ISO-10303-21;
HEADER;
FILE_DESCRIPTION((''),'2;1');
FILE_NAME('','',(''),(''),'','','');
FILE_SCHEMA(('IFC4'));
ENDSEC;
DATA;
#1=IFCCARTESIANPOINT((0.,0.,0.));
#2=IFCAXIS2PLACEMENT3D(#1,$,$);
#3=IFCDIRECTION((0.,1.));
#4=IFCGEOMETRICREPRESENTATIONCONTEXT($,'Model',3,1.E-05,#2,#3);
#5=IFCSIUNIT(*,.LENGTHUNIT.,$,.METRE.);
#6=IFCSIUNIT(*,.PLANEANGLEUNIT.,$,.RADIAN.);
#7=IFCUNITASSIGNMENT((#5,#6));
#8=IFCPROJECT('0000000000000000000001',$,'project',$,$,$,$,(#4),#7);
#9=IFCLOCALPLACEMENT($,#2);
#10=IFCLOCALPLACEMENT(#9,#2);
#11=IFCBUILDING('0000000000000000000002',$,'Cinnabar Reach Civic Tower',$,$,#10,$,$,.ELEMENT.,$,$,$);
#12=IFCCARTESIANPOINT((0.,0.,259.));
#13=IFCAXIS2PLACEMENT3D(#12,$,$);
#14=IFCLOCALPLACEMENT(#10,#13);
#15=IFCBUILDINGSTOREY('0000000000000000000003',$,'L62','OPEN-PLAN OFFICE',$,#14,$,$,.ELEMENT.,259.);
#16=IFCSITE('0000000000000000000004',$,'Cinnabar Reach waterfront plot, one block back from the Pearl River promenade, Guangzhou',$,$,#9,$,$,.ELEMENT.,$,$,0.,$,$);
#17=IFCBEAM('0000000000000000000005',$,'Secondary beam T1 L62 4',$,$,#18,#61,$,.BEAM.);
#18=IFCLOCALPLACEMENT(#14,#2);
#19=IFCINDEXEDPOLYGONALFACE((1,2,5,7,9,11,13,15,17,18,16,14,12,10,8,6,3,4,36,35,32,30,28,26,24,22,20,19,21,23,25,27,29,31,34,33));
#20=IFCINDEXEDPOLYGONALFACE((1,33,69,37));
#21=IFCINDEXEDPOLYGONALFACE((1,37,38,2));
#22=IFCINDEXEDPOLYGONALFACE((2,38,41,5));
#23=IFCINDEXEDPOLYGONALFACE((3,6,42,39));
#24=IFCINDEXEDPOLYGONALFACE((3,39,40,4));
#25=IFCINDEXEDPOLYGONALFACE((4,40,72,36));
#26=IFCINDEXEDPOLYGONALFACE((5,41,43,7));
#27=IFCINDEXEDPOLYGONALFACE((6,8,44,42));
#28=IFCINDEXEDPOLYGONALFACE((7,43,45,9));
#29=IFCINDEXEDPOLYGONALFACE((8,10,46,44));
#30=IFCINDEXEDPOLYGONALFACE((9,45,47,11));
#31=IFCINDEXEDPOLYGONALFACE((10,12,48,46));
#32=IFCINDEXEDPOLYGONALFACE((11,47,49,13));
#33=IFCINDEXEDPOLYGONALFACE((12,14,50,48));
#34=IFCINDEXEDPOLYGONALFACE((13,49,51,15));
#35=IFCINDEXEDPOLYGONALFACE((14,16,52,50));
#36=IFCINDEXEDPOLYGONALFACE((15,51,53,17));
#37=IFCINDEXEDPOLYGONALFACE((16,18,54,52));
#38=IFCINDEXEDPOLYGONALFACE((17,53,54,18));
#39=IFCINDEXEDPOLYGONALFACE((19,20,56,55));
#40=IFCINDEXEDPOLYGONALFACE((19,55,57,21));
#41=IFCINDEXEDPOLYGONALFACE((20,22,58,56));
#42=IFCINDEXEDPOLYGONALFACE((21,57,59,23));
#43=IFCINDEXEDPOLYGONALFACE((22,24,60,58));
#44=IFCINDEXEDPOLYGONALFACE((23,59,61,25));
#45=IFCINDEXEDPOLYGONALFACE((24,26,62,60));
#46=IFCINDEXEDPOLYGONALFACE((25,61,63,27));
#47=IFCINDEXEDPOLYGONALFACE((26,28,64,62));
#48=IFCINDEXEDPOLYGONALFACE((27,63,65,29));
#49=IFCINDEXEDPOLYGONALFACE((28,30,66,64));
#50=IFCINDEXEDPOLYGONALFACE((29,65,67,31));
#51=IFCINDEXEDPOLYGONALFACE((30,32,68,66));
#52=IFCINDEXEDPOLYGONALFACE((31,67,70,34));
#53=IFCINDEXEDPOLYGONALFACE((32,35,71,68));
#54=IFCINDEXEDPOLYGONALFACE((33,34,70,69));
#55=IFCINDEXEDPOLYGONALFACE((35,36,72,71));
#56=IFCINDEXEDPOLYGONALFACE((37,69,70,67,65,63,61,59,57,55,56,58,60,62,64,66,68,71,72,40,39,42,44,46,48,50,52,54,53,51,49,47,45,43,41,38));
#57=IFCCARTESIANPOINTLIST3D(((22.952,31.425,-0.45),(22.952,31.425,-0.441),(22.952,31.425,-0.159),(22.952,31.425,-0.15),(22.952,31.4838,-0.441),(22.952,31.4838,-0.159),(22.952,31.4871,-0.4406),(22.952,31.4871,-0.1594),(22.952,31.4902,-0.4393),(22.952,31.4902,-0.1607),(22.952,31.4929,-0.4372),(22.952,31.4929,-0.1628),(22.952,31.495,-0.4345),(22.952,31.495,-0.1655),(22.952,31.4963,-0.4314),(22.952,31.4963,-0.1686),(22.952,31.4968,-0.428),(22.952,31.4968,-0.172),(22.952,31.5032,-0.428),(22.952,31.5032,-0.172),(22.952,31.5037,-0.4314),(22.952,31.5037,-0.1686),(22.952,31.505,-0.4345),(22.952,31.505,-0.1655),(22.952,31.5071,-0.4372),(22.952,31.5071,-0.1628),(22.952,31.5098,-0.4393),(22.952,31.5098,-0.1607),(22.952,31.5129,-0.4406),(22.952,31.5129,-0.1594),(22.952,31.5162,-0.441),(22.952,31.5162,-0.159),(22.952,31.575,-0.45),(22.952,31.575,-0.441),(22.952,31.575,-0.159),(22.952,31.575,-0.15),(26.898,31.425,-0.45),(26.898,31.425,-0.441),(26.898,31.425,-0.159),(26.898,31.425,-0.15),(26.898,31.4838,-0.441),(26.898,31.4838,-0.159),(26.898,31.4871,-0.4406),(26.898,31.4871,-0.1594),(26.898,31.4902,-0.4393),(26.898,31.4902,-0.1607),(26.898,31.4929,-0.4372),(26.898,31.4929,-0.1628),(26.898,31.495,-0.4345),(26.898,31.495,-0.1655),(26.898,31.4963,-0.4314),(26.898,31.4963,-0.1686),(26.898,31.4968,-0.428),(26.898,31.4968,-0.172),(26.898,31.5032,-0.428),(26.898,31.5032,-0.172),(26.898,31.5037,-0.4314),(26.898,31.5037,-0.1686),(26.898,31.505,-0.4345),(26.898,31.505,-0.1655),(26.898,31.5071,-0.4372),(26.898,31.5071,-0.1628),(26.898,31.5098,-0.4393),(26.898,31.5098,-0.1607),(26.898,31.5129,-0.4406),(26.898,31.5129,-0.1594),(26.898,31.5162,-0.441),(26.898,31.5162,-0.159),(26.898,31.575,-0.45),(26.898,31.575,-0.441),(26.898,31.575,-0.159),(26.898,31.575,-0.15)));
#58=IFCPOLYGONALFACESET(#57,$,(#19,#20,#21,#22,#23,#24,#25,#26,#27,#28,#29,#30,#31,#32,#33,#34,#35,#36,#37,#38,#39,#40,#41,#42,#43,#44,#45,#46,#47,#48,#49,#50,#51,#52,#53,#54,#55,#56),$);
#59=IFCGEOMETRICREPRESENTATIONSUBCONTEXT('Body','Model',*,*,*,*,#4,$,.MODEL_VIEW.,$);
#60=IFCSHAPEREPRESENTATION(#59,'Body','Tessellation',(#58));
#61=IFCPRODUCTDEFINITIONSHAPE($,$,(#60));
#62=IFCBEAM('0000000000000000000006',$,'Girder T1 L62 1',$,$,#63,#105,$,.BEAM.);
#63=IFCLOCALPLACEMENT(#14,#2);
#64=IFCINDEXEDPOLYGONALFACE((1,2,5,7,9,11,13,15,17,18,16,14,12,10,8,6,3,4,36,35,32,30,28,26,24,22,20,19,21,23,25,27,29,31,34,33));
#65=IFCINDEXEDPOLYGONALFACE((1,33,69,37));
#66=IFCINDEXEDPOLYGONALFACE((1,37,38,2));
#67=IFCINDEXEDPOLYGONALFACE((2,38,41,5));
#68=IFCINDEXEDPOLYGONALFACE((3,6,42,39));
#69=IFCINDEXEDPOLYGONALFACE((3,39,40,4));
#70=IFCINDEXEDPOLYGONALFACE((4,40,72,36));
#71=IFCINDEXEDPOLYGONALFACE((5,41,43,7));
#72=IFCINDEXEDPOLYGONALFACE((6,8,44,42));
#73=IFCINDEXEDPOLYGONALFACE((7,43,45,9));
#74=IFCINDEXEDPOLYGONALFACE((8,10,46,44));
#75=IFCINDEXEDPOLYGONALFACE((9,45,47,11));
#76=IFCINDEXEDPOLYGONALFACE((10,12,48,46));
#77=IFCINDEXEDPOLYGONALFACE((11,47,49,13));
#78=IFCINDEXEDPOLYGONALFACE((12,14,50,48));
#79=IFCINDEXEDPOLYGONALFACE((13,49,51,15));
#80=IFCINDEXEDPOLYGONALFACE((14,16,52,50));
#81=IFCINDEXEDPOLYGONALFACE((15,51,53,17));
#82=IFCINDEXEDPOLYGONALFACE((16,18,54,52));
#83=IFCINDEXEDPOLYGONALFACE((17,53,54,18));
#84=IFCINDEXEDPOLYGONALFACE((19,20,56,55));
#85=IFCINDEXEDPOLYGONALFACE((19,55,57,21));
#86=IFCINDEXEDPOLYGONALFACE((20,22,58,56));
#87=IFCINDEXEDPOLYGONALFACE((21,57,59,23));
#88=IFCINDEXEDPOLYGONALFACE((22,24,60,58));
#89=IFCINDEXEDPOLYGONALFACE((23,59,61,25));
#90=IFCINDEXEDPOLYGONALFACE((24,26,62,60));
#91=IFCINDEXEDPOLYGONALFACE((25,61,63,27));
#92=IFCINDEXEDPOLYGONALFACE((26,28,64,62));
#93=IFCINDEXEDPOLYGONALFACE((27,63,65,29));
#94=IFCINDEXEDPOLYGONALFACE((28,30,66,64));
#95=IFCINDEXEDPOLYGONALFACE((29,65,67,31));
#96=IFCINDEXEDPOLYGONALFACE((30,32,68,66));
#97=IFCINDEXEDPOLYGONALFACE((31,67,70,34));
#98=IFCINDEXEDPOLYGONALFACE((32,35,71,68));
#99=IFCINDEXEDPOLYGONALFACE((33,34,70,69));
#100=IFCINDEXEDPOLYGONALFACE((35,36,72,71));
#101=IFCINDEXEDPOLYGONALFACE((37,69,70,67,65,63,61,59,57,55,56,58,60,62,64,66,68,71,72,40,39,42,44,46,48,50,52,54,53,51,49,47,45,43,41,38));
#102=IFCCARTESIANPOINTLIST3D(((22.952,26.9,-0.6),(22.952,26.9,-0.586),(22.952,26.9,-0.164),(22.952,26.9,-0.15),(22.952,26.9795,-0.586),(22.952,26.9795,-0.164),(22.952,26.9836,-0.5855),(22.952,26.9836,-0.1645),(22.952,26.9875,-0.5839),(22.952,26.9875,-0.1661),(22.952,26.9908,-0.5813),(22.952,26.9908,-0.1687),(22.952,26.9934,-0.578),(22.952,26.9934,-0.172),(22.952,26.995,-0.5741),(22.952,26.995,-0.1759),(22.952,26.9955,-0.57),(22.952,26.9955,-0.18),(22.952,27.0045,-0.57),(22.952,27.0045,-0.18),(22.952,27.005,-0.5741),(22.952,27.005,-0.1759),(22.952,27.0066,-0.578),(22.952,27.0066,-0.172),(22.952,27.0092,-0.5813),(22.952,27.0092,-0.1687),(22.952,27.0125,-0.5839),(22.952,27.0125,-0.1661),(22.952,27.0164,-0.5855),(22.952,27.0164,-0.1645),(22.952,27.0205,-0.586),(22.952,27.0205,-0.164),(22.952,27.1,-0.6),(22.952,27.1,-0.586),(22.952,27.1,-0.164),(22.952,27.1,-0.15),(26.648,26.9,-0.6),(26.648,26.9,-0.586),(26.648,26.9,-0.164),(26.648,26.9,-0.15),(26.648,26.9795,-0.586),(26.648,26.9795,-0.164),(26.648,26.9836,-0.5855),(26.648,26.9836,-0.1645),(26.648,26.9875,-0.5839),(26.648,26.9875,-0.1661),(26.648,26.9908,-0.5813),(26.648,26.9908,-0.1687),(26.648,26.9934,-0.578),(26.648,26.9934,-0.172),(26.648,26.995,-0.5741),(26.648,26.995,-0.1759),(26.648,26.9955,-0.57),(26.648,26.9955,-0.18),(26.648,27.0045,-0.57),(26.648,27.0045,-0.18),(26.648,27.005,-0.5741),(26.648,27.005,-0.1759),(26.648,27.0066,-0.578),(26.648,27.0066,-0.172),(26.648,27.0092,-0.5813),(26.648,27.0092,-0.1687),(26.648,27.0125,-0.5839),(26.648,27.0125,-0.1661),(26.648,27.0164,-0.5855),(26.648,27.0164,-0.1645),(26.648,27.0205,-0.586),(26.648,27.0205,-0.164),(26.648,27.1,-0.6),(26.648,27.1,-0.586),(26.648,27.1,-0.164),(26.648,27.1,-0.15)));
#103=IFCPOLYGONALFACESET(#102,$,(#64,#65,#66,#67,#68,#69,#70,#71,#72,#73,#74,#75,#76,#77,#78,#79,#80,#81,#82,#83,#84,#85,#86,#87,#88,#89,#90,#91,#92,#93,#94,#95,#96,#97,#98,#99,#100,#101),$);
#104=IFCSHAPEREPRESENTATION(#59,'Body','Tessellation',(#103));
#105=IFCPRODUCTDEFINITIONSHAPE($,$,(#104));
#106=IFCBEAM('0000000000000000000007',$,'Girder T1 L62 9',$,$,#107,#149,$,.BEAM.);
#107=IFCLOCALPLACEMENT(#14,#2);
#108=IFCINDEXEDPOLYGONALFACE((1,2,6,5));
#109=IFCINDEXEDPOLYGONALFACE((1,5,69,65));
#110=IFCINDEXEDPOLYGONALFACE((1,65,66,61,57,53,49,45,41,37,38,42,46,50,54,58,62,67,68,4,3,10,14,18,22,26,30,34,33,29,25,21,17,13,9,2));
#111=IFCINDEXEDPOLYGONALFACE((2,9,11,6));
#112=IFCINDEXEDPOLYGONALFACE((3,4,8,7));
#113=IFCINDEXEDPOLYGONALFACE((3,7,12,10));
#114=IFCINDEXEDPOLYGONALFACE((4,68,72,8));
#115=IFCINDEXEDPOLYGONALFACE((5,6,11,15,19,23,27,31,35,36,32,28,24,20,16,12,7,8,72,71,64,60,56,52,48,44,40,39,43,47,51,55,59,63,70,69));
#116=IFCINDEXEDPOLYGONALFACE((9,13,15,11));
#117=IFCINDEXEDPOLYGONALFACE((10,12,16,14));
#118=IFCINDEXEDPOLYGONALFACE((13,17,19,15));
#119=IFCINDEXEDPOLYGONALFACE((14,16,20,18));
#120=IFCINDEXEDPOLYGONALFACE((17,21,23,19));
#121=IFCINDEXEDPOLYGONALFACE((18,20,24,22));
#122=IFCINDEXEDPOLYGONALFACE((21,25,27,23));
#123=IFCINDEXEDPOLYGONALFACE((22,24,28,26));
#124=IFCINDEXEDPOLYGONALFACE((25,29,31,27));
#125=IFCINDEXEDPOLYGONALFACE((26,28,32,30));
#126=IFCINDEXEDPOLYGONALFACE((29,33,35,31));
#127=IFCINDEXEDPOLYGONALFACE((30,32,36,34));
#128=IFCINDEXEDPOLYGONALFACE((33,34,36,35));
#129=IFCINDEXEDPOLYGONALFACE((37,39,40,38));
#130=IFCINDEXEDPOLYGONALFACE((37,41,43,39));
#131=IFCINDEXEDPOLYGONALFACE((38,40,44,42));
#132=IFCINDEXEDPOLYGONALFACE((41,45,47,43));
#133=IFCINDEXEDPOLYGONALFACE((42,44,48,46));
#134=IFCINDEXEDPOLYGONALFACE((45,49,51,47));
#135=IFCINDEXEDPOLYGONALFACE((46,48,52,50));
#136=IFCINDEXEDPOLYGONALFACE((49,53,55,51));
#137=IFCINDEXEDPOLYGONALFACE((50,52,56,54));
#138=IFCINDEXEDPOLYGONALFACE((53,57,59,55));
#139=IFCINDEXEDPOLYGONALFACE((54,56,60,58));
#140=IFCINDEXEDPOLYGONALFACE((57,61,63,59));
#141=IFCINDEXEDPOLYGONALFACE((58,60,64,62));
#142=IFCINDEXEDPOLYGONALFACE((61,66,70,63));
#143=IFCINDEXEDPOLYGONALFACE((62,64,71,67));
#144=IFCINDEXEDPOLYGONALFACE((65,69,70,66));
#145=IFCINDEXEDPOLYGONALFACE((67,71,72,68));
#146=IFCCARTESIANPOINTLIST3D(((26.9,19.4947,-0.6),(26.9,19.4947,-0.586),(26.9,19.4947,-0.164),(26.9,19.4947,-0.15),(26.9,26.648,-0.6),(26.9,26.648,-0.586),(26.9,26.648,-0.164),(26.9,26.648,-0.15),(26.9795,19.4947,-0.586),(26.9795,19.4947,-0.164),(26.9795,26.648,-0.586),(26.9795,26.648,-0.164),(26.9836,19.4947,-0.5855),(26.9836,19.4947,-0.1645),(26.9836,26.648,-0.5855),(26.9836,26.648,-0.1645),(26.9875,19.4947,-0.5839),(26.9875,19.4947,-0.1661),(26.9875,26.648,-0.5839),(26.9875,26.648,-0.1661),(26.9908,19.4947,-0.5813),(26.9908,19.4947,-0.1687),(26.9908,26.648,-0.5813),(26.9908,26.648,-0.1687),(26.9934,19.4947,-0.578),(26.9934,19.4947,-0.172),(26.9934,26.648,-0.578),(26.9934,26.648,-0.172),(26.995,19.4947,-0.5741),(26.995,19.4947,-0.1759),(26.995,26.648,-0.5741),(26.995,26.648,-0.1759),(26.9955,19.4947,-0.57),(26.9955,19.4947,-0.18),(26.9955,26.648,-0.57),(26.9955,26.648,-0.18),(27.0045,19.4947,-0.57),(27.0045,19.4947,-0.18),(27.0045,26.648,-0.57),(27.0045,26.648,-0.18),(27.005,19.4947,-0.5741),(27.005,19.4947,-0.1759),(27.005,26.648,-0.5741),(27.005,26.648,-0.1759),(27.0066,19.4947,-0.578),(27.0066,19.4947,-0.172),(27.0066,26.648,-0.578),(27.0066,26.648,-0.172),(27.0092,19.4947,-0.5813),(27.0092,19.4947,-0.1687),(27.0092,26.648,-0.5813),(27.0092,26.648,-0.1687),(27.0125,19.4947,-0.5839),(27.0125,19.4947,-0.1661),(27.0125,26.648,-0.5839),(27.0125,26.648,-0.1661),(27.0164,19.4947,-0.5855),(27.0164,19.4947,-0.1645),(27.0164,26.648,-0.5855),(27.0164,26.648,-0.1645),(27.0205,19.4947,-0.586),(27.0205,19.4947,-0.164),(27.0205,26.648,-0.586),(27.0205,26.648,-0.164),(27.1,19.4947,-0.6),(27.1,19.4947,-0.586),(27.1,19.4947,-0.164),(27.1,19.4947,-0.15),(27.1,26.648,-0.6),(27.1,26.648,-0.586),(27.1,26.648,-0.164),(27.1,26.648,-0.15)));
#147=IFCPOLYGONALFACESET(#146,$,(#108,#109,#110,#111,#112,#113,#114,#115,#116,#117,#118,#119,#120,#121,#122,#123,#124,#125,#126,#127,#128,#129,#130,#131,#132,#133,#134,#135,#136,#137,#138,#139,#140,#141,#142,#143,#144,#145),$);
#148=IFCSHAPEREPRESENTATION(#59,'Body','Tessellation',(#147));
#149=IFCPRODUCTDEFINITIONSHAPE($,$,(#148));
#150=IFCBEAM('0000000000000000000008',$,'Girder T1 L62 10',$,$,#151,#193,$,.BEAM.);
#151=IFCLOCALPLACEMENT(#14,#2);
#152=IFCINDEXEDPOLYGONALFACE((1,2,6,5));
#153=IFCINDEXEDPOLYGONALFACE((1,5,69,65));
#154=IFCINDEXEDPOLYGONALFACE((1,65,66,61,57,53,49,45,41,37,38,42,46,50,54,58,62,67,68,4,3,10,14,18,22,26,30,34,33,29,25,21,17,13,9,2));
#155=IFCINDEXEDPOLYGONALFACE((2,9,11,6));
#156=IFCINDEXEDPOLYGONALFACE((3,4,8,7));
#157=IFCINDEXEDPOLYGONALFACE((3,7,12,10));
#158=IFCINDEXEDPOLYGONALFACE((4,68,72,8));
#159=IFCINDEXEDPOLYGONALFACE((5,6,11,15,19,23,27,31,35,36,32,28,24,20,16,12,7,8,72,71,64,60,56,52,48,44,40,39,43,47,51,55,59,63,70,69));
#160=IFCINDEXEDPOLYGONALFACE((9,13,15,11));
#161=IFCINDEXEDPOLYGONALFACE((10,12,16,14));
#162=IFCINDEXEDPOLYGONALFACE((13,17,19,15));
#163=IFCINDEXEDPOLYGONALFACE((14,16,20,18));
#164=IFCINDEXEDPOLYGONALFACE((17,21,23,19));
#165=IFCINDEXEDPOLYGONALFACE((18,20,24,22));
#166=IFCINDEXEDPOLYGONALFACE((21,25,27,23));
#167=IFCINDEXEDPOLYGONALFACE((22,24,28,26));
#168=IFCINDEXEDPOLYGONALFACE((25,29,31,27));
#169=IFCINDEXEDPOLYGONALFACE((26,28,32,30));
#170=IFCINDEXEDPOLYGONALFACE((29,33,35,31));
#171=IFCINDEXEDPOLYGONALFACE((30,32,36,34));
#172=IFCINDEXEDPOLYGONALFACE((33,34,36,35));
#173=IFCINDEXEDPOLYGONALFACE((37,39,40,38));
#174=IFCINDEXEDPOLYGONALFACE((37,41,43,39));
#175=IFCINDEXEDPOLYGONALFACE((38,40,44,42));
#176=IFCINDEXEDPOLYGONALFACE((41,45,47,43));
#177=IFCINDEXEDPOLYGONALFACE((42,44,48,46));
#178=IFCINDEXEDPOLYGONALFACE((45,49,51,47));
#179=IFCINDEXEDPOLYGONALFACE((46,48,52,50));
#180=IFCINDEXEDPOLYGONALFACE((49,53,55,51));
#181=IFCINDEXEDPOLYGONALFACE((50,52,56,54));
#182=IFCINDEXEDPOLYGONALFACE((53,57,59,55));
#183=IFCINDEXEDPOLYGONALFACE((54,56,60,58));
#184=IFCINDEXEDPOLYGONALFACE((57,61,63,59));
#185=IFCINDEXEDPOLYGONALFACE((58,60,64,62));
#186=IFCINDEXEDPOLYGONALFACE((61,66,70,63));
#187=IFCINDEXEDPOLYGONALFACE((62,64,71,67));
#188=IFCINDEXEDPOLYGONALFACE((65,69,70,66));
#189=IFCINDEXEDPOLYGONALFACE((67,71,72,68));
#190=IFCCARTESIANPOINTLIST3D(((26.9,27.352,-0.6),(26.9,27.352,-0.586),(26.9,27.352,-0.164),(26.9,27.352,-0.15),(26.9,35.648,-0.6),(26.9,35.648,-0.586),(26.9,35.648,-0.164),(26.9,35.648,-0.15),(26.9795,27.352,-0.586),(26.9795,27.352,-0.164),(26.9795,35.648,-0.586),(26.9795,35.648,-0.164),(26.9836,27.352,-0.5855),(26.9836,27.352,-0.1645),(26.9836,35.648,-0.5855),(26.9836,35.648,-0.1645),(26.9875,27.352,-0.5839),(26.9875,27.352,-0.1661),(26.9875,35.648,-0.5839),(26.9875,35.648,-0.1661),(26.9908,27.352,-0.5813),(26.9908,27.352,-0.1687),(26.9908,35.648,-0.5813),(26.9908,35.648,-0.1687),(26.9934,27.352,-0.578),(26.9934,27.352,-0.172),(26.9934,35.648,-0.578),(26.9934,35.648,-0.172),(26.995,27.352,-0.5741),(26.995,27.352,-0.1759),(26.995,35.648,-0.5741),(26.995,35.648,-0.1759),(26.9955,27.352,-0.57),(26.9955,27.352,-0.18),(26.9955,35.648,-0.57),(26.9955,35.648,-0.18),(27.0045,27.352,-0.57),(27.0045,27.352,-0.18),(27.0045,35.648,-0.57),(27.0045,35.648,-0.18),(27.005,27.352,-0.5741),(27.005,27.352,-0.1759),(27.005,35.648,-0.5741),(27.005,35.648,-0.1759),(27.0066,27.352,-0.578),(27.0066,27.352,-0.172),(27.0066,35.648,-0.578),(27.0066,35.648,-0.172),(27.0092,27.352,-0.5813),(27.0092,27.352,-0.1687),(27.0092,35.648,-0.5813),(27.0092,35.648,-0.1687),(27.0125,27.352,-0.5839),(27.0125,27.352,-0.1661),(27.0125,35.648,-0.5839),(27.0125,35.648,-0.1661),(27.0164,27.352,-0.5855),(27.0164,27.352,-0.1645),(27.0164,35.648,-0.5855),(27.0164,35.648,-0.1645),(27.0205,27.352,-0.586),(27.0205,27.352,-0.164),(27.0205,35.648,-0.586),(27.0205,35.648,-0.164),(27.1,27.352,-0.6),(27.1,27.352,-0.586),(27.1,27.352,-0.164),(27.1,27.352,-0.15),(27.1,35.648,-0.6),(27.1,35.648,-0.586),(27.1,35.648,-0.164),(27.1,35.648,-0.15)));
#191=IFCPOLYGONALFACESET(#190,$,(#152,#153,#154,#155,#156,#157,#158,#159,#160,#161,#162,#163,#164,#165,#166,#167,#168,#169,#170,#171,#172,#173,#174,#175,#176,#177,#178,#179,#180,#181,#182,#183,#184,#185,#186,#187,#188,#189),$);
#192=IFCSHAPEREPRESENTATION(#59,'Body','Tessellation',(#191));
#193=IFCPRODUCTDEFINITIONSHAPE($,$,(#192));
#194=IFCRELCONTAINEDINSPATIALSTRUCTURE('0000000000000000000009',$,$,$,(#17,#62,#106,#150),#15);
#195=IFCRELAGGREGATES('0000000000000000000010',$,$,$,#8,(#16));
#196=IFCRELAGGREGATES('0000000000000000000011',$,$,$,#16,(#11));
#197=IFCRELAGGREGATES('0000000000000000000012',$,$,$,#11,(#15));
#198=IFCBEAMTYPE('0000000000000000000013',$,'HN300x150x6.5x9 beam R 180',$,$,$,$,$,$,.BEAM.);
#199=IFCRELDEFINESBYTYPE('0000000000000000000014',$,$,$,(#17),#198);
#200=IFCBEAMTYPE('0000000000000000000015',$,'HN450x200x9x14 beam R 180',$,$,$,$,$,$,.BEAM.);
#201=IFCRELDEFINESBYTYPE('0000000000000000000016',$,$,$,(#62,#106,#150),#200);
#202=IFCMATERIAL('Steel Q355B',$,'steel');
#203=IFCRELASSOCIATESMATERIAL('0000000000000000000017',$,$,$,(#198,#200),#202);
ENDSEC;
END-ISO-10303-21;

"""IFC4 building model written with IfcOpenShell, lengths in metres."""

from ifc_helpers import new_model, si_unit, direction, frame, origin, origin_2d, place, context, subcontext, project, spatial, i_section, extrude, material, material_profile, profile_set, type_object, element, save


model = new_model("IFC4")

# Units and contexts
model_context = context("Model", 3, precision=1e-05, world=origin(), true_north=direction((0.0, 1.0)))
body_context = subcontext(model_context, "Body", "Model", "MODEL_VIEW")
ifc_project = project(units=[si_unit("LENGTHUNIT", "METRE"), si_unit("PLANEANGLEUNIT", "RADIAN")], contexts=[model_context])

# Site, building, storey
site_placement = place(None, origin())
site = spatial("IfcSite", under=ifc_project, at=site_placement, Name="Cinnabar Reach waterfront plot, one block back from the Pearl River promenade, Guangzhou", CompositionType="ELEMENT", RefElevation=0.0)
building_placement = place(site_placement, origin())
building = spatial("IfcBuilding", under=site, at=building_placement, Name="Cinnabar Reach Civic Tower", CompositionType="ELEMENT")
storey_placement = place(building_placement, frame((0.0, 0.0, 259.0)))
storey = spatial("IfcBuildingStorey", under=building, at=storey_placement, Name="L62", Description="OPEN-PLAN OFFICE", CompositionType="ELEMENT", Elevation=259.0)

# Beams
ifc_material_1 = material(Name="Steel Q355B", Category="steel")
ifc_material_profile_1 = material_profile(ifc_material_1, i_section(OverallWidth=0.15, OverallDepth=0.3, WebThickness=0.0065, FlangeThickness=0.009, FilletRadius=0.013, at=origin_2d()), Name="HN300x150x6.5x9")
ifc_profile_set_1 = profile_set([ifc_material_profile_1], Name="Steel Q355B")
beam_type_1 = type_object("IfcBeamType", Name="HN300x150x6.5x9 beam R 180", PredefinedType="BEAM", material=ifc_profile_set_1)
for number, where, z_axis, x_axis, name in (
    (1, (22.952, 31.5, -0.3), (1.0, 0.0, 0.0), (0.0, 1.0, 0.0), "Secondary beam T1 L62 4"),
):
    element("IfcBeam", number, at=place(storey_placement, frame(where, z_axis=z_axis, x_axis=x_axis)), inside=storey, type_object=beam_type_1, Name=name, PredefinedType="BEAM", context=body_context, shape_type="SweptSolid", body=[
        extrude(i_section(OverallWidth=0.15, OverallDepth=0.3, WebThickness=0.0065, FlangeThickness=0.009, FilletRadius=0.013, at=origin_2d()), origin(), (0.0, 0.0, 1.0), 3.946),
    ])
ifc_material_profile_2 = material_profile(ifc_material_1, i_section(OverallWidth=0.2, OverallDepth=0.45, WebThickness=0.009, FlangeThickness=0.014, FilletRadius=0.016, at=origin_2d()), Name="HN450x200x9x14")
ifc_profile_set_2 = profile_set([ifc_material_profile_2], Name="Steel Q355B")
beam_type_2 = type_object("IfcBeamType", Name="HN450x200x9x14 beam R 180", PredefinedType="BEAM", material=ifc_profile_set_2)
beam_1_placement = place(storey_placement, frame((22.952, 27.0, -0.375), z_axis=(1.0, 0.0, 0.0), x_axis=(0.0, 1.0, 0.0)))
element("IfcBeam", 2, at=beam_1_placement, inside=storey, type_object=beam_type_2, Name="Girder T1 L62 1", PredefinedType="BEAM", context=body_context, shape_type="SweptSolid", body=[
    extrude(i_section(OverallWidth=0.2, OverallDepth=0.45, WebThickness=0.009, FlangeThickness=0.014, FilletRadius=0.016, at=origin_2d()), origin(), (0.0, 0.0, 1.0), 3.696),
])
beam_2_placement = place(storey_placement, frame((27.0, 19.4947, -0.375), z_axis=(0.0, 1.0, 0.0), x_axis=(-1.0, 0.0, 0.0)))
element("IfcBeam", 3, at=beam_2_placement, inside=storey, type_object=beam_type_2, Name="Girder T1 L62 9", PredefinedType="BEAM", context=body_context, shape_type="SweptSolid", body=[
    extrude(i_section(OverallWidth=0.2, OverallDepth=0.45, WebThickness=0.009, FlangeThickness=0.014, FilletRadius=0.016, at=origin_2d()), origin(), (0.0, 0.0, 1.0), 7.1533),
])
beam_3_placement = place(storey_placement, frame((27.0, 27.352, -0.375), z_axis=(0.0, 1.0, 0.0), x_axis=(-1.0, 0.0, 0.0)))
element("IfcBeam", 4, at=beam_3_placement, inside=storey, type_object=beam_type_2, Name="Girder T1 L62 10", PredefinedType="BEAM", context=body_context, shape_type="SweptSolid", body=[
    extrude(i_section(OverallWidth=0.2, OverallDepth=0.45, WebThickness=0.009, FlangeThickness=0.014, FilletRadius=0.016, at=origin_2d()), origin(), (0.0, 0.0, 1.0), 8.296),
])

save(model, "model.ifc")
